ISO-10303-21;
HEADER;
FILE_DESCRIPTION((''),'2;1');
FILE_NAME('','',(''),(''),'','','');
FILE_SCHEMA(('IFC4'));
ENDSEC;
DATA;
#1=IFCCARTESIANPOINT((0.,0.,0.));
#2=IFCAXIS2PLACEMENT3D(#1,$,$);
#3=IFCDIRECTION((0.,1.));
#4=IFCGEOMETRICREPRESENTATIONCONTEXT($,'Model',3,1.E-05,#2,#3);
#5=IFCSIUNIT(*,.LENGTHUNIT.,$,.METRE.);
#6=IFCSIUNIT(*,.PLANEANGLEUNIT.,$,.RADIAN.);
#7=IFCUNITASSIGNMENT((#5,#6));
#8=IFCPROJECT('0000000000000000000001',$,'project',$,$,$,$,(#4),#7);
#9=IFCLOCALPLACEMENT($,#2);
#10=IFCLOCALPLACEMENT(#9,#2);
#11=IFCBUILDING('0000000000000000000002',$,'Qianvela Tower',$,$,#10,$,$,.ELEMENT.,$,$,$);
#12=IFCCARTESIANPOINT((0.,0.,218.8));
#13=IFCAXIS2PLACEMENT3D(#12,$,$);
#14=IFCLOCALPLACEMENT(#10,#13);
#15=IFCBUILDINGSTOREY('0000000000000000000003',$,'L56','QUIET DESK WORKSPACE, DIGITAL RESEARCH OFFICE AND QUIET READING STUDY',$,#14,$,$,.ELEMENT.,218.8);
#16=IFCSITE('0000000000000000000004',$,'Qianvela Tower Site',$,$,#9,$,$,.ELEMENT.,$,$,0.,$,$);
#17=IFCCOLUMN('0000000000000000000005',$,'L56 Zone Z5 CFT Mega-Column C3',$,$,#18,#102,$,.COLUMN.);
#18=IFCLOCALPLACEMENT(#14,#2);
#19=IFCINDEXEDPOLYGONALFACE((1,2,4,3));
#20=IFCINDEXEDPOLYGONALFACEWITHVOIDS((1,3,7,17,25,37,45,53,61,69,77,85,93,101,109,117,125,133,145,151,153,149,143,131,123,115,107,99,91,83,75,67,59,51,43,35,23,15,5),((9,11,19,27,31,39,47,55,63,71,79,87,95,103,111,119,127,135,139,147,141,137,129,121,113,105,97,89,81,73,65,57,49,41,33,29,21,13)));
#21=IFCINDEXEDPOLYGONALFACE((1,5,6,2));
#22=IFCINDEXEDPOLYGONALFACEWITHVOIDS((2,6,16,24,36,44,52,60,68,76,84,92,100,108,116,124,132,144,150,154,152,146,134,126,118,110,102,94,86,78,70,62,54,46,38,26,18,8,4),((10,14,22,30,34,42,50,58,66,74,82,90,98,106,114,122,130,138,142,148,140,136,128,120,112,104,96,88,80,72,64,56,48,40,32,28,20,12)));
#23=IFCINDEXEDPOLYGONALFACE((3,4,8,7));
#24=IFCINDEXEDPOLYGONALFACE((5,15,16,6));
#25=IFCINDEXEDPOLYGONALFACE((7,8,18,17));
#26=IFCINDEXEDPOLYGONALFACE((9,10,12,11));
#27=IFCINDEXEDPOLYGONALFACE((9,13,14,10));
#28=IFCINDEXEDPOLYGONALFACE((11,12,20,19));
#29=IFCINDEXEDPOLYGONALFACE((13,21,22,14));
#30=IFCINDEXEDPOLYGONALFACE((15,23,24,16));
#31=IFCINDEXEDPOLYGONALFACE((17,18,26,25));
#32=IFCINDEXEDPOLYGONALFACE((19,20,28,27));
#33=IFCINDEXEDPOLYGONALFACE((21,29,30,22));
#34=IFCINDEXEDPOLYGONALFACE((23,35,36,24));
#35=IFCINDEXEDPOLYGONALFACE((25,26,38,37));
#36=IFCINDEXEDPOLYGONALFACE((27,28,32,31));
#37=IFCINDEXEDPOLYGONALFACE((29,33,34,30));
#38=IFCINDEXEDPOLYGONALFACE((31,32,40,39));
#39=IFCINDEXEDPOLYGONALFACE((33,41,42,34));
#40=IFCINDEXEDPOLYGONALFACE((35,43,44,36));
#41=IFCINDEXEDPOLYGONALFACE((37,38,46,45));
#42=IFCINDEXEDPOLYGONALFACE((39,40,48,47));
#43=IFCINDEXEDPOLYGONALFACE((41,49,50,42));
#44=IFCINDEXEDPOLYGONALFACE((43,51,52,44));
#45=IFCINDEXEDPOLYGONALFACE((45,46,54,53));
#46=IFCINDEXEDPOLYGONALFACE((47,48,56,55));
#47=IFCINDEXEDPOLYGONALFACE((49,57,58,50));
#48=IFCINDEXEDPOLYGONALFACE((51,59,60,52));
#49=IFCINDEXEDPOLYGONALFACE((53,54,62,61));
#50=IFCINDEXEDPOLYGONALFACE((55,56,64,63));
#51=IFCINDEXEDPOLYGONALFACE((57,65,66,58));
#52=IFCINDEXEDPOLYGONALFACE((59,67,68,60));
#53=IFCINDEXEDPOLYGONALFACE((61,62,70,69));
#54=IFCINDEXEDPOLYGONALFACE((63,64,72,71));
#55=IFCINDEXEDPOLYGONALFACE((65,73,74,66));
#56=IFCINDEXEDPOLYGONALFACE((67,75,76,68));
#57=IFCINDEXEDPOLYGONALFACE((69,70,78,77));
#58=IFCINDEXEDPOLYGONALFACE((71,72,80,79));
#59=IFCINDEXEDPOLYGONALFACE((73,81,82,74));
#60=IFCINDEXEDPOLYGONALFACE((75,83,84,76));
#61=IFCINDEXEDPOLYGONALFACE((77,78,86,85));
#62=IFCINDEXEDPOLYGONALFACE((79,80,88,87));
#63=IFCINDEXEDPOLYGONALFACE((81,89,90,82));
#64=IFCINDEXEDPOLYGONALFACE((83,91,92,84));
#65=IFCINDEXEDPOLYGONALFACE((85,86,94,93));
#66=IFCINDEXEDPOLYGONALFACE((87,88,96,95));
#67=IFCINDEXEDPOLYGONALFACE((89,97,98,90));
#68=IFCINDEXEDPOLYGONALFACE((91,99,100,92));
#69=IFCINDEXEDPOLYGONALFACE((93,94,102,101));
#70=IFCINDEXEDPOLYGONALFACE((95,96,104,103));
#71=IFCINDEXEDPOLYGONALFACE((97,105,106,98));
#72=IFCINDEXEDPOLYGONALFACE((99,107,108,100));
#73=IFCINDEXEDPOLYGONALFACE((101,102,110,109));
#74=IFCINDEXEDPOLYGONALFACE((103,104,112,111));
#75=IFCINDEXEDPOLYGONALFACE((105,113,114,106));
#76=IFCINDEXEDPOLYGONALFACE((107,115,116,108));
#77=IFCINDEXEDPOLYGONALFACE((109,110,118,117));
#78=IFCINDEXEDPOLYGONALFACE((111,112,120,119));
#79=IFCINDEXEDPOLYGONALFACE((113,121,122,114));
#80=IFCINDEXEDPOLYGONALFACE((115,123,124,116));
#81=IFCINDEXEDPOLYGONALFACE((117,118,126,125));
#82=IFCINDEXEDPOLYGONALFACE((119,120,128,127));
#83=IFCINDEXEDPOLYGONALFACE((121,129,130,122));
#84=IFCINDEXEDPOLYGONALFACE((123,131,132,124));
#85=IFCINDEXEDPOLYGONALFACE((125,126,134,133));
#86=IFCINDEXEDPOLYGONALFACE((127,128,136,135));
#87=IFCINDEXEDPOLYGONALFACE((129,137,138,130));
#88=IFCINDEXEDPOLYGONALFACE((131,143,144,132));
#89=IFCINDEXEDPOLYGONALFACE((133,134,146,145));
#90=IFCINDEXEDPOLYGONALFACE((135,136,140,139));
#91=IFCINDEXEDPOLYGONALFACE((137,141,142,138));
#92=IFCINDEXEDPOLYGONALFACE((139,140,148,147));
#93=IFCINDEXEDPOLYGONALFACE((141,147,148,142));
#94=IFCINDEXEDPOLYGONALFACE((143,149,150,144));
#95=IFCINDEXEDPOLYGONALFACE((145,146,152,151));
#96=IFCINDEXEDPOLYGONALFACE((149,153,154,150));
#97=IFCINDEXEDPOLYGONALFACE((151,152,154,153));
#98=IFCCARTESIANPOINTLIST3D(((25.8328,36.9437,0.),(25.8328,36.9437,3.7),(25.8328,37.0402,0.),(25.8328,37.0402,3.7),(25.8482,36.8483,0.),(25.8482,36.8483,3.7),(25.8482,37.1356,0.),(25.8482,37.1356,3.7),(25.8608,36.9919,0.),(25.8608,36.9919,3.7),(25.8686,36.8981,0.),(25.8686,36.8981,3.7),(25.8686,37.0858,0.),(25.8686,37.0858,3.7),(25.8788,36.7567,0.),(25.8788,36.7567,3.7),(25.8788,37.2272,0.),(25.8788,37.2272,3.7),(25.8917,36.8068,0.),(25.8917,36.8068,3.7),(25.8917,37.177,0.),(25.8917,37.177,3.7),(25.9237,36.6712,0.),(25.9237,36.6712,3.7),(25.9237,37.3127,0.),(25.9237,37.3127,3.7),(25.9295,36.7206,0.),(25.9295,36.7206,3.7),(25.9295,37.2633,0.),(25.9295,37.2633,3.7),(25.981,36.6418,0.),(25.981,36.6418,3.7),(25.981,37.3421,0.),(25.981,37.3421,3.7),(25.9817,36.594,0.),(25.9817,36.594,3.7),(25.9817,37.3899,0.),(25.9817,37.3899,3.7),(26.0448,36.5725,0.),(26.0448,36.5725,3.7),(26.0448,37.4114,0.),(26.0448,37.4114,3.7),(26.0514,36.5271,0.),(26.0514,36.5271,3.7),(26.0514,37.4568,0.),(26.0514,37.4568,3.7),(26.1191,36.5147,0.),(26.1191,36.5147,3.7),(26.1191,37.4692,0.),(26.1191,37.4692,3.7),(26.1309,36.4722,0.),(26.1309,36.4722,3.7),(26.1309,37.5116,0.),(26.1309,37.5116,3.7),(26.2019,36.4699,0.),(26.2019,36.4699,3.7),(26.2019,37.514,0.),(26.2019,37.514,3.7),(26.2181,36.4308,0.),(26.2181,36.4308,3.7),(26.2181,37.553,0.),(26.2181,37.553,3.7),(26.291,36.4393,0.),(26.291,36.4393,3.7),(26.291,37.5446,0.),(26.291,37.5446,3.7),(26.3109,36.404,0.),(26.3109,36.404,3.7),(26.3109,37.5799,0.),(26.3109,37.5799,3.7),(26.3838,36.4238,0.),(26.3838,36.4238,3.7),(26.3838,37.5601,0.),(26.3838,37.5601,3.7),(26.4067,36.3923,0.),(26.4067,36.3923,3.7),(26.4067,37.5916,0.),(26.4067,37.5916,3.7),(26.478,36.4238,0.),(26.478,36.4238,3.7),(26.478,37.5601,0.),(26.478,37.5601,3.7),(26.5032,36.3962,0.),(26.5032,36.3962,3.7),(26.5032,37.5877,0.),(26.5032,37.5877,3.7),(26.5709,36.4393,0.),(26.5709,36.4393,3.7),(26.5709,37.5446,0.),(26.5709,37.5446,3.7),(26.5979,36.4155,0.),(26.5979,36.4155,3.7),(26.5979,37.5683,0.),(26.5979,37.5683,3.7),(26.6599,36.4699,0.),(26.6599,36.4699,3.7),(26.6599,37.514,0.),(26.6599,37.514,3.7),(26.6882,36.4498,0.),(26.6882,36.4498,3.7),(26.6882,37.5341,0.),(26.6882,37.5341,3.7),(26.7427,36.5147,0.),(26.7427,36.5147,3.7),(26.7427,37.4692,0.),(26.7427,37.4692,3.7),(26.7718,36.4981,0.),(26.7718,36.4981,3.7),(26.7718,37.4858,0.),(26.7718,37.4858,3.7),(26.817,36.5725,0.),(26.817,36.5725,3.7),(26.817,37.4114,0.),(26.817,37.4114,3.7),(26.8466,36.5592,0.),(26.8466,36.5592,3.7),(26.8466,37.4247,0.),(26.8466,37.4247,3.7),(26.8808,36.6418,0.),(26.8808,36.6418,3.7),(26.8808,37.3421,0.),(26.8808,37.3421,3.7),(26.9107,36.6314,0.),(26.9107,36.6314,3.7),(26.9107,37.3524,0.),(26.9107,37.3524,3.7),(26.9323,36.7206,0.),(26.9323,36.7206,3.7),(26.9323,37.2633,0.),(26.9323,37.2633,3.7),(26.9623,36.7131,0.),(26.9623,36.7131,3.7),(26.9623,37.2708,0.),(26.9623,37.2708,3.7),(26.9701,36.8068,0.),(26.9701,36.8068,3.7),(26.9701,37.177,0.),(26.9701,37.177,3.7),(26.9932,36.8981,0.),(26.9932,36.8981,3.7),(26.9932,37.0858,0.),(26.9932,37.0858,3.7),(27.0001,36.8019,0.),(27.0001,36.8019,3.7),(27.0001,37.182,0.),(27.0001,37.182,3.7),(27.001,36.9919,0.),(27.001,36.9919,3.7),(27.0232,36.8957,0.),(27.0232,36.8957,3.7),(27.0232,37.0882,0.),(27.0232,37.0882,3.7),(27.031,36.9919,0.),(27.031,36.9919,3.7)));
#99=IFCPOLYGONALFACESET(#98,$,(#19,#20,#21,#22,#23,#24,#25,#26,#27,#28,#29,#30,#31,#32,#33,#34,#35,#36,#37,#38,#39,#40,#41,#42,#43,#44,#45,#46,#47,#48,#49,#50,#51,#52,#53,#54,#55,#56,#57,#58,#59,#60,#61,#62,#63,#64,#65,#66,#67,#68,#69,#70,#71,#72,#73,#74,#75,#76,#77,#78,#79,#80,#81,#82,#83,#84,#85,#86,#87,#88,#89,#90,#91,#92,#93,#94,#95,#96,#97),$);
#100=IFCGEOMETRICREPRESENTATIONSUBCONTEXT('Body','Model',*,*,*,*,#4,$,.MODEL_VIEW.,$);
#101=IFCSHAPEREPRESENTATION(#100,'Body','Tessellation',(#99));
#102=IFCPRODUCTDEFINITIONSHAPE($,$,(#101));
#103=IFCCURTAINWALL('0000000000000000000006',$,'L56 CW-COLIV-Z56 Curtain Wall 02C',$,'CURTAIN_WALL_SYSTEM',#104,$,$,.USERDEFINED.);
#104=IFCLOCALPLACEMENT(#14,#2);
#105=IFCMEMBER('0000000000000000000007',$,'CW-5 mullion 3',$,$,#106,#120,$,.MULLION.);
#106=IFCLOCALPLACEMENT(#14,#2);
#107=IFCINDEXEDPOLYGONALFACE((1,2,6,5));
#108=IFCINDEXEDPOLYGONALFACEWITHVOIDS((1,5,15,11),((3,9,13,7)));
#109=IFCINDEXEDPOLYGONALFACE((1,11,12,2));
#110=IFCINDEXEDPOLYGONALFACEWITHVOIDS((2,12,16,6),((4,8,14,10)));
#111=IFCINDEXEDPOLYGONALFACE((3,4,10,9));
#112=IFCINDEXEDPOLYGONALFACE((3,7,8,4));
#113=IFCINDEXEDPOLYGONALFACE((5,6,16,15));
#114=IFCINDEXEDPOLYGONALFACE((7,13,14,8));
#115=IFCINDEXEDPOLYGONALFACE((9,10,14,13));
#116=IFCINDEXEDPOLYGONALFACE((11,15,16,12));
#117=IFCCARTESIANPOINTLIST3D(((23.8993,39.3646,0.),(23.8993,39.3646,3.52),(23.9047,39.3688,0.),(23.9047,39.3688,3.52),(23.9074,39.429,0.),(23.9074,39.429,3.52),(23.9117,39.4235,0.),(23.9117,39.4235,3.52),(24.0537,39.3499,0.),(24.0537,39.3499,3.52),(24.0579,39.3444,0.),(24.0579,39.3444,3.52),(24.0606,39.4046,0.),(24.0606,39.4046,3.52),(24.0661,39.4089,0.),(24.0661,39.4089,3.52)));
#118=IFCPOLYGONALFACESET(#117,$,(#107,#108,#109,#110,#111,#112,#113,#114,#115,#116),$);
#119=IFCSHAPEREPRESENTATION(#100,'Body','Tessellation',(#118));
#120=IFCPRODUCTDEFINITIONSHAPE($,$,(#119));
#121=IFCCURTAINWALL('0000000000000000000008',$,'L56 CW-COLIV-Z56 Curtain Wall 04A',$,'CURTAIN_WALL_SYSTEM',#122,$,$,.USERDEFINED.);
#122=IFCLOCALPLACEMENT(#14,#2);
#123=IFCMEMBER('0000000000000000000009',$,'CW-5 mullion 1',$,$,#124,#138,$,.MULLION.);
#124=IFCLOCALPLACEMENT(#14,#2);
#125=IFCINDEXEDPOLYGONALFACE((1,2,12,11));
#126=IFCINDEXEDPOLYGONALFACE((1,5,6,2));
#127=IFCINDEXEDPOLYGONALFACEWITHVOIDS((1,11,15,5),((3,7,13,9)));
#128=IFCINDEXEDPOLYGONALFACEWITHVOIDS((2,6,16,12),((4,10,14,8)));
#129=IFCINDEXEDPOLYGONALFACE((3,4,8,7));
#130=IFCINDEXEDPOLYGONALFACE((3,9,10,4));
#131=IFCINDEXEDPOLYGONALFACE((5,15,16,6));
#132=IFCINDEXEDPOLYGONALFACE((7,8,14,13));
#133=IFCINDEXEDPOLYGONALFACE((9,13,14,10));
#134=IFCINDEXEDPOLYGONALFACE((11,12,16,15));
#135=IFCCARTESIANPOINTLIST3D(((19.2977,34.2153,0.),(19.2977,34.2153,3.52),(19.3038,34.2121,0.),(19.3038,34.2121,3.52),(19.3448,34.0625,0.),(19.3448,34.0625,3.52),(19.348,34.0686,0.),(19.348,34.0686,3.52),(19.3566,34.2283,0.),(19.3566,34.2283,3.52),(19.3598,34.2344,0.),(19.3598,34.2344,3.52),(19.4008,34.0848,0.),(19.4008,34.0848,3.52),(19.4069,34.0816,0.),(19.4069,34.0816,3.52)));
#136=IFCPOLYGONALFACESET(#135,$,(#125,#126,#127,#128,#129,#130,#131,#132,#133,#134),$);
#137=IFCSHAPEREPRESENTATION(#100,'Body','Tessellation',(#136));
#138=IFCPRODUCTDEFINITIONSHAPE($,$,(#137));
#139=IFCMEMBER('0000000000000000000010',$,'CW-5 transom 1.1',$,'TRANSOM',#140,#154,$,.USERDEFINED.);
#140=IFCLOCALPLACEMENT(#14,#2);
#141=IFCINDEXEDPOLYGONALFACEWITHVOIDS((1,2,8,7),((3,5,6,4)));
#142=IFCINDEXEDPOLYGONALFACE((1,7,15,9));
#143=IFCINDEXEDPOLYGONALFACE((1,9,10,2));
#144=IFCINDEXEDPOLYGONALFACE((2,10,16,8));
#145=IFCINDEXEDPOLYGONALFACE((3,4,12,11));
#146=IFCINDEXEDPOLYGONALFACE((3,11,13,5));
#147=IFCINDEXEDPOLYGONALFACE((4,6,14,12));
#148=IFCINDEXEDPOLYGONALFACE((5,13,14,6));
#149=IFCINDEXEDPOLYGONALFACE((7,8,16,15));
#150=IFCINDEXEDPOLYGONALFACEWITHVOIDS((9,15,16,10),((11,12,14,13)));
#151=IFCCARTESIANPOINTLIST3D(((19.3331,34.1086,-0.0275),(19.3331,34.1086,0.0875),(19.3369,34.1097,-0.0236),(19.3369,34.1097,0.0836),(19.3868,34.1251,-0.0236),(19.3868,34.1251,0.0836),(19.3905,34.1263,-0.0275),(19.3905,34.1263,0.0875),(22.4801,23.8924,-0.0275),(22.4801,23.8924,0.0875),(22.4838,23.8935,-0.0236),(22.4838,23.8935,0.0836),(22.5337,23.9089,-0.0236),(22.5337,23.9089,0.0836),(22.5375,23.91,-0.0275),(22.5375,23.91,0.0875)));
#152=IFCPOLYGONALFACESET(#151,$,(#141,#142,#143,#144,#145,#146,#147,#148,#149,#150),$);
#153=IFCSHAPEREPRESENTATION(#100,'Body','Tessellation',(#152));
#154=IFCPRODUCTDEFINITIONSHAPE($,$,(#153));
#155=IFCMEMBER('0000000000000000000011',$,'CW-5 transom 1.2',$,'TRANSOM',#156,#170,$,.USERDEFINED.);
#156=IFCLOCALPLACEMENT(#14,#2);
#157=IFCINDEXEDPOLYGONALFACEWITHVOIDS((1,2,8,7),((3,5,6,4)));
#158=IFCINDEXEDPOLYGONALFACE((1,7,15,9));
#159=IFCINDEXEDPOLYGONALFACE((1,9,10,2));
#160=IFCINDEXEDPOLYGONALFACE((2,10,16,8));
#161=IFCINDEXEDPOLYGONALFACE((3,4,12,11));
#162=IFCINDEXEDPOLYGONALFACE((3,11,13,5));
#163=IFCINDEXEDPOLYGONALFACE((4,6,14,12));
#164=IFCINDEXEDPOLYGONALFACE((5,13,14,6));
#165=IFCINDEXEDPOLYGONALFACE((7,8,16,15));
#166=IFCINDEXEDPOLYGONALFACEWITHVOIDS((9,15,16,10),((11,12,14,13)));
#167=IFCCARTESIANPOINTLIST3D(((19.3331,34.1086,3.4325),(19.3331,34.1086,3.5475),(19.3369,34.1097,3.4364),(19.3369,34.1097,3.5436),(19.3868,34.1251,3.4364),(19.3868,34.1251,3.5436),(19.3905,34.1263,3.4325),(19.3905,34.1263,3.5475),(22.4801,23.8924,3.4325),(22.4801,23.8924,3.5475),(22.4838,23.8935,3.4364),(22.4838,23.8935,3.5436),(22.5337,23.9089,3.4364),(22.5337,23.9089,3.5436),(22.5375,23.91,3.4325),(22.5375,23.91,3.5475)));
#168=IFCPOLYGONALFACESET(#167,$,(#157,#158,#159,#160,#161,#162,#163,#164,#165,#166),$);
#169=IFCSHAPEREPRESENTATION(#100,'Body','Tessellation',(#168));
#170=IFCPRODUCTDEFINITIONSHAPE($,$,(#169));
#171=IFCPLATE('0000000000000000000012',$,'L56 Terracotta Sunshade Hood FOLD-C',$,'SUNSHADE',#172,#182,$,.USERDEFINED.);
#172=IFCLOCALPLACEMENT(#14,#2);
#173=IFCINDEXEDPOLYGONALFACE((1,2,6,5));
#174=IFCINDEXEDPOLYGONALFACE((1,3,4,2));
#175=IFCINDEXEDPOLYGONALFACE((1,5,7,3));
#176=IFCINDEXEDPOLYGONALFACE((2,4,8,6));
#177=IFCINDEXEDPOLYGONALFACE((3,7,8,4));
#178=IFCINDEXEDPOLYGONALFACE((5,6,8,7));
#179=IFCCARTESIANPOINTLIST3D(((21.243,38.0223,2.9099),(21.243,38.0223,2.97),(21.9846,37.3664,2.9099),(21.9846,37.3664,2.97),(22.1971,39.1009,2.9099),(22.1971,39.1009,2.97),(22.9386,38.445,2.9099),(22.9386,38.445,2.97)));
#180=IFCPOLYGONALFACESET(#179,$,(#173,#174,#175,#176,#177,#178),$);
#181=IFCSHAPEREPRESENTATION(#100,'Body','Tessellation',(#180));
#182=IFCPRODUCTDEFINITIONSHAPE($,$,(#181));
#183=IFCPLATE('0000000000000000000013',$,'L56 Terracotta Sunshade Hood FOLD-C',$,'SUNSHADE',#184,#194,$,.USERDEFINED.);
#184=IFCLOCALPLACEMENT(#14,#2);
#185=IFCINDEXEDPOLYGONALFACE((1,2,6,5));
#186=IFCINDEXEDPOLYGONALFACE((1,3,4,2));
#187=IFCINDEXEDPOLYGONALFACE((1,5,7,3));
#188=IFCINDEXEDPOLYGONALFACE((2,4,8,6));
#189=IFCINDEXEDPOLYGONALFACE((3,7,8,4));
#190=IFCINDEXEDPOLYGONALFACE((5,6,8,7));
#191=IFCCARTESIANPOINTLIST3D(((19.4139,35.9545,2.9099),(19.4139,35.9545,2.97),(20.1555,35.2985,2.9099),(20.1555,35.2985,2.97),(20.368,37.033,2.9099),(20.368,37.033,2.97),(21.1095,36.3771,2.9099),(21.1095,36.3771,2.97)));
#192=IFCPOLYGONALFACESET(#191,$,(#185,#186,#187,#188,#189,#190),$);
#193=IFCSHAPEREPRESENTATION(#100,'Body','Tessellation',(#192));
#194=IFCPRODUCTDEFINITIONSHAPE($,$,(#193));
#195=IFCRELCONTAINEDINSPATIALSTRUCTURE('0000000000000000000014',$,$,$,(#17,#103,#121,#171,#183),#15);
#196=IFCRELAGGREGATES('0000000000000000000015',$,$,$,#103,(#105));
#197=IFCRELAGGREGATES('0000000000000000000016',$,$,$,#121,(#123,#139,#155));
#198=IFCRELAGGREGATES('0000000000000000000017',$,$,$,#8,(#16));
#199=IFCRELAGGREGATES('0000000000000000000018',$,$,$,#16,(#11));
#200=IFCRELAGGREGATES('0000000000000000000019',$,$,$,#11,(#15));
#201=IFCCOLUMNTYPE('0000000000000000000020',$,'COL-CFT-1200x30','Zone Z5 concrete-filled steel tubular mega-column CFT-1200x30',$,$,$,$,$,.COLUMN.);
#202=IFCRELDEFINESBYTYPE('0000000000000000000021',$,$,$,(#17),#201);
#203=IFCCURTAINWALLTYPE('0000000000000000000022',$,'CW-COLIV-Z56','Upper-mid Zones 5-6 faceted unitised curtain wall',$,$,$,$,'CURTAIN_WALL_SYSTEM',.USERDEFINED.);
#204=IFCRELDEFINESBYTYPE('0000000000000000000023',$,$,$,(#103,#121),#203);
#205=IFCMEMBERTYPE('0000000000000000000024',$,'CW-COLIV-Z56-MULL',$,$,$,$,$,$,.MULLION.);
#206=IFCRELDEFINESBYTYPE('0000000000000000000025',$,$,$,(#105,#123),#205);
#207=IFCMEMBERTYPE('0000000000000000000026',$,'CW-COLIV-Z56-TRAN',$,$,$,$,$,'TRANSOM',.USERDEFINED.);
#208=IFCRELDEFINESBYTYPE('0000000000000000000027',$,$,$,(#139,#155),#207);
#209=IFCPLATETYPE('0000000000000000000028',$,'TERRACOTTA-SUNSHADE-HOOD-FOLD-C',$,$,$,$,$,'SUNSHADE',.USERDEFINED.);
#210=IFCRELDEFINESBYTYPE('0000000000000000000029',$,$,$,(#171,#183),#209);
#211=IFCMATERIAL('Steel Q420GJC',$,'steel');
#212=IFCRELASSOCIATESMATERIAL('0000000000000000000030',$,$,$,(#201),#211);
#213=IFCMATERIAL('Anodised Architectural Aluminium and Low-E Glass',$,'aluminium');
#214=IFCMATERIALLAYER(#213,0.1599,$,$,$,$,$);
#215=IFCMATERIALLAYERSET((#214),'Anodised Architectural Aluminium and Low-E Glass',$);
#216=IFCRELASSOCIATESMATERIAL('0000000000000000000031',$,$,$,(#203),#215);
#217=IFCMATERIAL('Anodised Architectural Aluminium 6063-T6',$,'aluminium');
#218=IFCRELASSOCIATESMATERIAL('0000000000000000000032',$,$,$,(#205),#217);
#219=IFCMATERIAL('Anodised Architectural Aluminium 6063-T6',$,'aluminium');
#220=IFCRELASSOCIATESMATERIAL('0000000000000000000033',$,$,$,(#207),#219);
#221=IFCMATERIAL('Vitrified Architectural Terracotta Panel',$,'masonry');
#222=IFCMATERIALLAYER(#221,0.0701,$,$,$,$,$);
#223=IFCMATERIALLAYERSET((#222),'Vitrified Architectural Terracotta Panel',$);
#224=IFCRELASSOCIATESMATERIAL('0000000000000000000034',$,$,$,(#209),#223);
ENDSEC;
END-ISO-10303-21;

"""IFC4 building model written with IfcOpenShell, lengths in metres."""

from ifc_helpers import new_model, si_unit, direction, frame, origin, origin_2d, place, context, subcontext, project, spatial, rectangle, hollow_rectangle, hollow_circle, extrude, material, layer, layer_set, material_profile, profile_set, type_object, element, aggregate, save


model = new_model("IFC4")

# Units and contexts
model_context = context("Model", 3, precision=1e-05, world=origin(), true_north=direction((0.0, 1.0)))
body_context = subcontext(model_context, "Body", "Model", "MODEL_VIEW")
ifc_project = project(units=[si_unit("LENGTHUNIT", "METRE"), si_unit("PLANEANGLEUNIT", "RADIAN")], contexts=[model_context])

# Site, building, storey
site_placement = place(None, origin())
site = spatial("IfcSite", under=ifc_project, at=site_placement, Name="Qianvela Tower Site", CompositionType="ELEMENT", RefElevation=0.0)
building_placement = place(site_placement, origin())
building = spatial("IfcBuilding", under=site, at=building_placement, Name="Qianvela Tower", CompositionType="ELEMENT")
storey_placement = place(building_placement, frame((0.0, 0.0, 218.8)))
storey = spatial("IfcBuildingStorey", under=building, at=storey_placement, Name="L56", Description="QUIET DESK WORKSPACE, DIGITAL RESEARCH OFFICE AND QUIET READING STUDY", CompositionType="ELEMENT", Elevation=218.8)

# Column
ifc_material_1 = material(Name="Steel Q420GJC", Category="steel")
ifc_material_profile_1 = material_profile(ifc_material_1, hollow_circle(Radius=0.6001, WallThickness=0.03, at=origin_2d()), Name="CFT-1200x30")
ifc_profile_set_1 = profile_set([ifc_material_profile_1], Name="Steel Q420GJC")
column_type = type_object("IfcColumnType", Name="COL-CFT-1200x30", Description="Zone Z5 concrete-filled steel tubular mega-column CFT-1200x30", PredefinedType="COLUMN", material=ifc_profile_set_1)
column_placement = place(storey_placement, frame((26.4309, 36.9919, 0.0), z_axis=(0.0, 0.0, 1.0), x_axis=(1.0, 0.0, 0.0)))
element("IfcColumn", 1, at=column_placement, inside=storey, type_object=column_type, Name="L56 Zone Z5 CFT Mega-Column C3", PredefinedType="COLUMN", context=body_context, shape_type="SweptSolid", body=[
    extrude(hollow_circle(Radius=0.6001, WallThickness=0.03, at=origin_2d()), origin(), (0.0, 0.0, 1.0), 3.7),
])

# Curtain wall, member
ifc_material_2 = material(Name="Anodised Architectural Aluminium and Low-E Glass", Category="aluminium")
ifc_layer_1 = layer(ifc_material_2, 0.1599)
ifc_layer_set_1 = layer_set([ifc_layer_1], Name="Anodised Architectural Aluminium and Low-E Glass")
curtain_wall_type = type_object("IfcCurtainWallType", Name="CW-COLIV-Z56", Description="Upper-mid Zones 5-6 faceted unitised curtain wall", ElementType="CURTAIN_WALL_SYSTEM", PredefinedType="USERDEFINED", material=ifc_layer_set_1)
curtain_wall_1_placement = place(storey_placement, origin())
curtain_wall_1 = element("IfcCurtainWall", 2, at=curtain_wall_1_placement, inside=storey, type_object=curtain_wall_type, Name="L56 CW-COLIV-Z56 Curtain Wall 02C", ObjectType="CURTAIN_WALL_SYSTEM", PredefinedType="USERDEFINED")
ifc_material_3 = material(Name="Anodised Architectural Aluminium 6063-T6", Category="aluminium")
ifc_material_profile_2 = material_profile(ifc_material_3, hollow_rectangle(XDim=0.0649, YDim=0.1599, WallThickness=0.0049, at=origin_2d()), Name="ALU-MULL-65x160")
ifc_profile_set_2 = profile_set([ifc_material_profile_2], Name="Anodised Architectural Aluminium 6063-T6")
member_type_1 = type_object("IfcMemberType", Name="CW-COLIV-Z56-MULL", PredefinedType="MULLION", material=ifc_profile_set_2)
member_1_placement = place(storey_placement, frame((23.9827, 39.3867, 0.0), z_axis=(0.0, 0.0, 1.0), x_axis=(-0.125903, -0.992043, 0.0)))
member_1 = element("IfcMember", 3, at=member_1_placement, type_object=member_type_1, Name="CW-5 mullion 3", PredefinedType="MULLION", context=body_context, shape_type="SweptSolid", body=[
    extrude(hollow_rectangle(XDim=0.0649, YDim=0.1599, WallThickness=0.0049, at=origin_2d()), origin(), (0.0, 0.0, 1.0), 3.52),
])
aggregate(curtain_wall_1, [member_1])

# Curtain wall, members
curtain_wall_2_placement = place(storey_placement, origin())
curtain_wall_2 = element("IfcCurtainWall", 4, at=curtain_wall_2_placement, inside=storey, type_object=curtain_wall_type, Name="L56 CW-COLIV-Z56 Curtain Wall 04A", ObjectType="CURTAIN_WALL_SYSTEM", PredefinedType="USERDEFINED")
member_2_placement = place(storey_placement, frame((19.3523, 34.1484, 0.0), z_axis=(0.0, 0.0, 1.0), x_axis=(0.955689, 0.294379, 0.0)))
member_2 = element("IfcMember", 5, at=member_2_placement, type_object=member_type_1, Name="CW-5 mullion 1", PredefinedType="MULLION", context=body_context, shape_type="SweptSolid", body=[
    extrude(hollow_rectangle(XDim=0.0649, YDim=0.1599, WallThickness=0.0049, at=origin_2d()), origin(), (0.0, 0.0, 1.0), 3.52),
])
ifc_material_4 = material(Name="Anodised Architectural Aluminium 6063-T6", Category="aluminium")
ifc_material_profile_3 = material_profile(ifc_material_4, hollow_rectangle(XDim=0.0601, YDim=0.115, WallThickness=0.0039, at=origin_2d()), Name="ALU-TRAN-60x115")
ifc_profile_set_3 = profile_set([ifc_material_profile_3], Name="Anodised Architectural Aluminium 6063-T6")
member_type_2 = type_object("IfcMemberType", Name="CW-COLIV-Z56-TRAN", ElementType="TRANSOM", PredefinedType="USERDEFINED", material=ifc_profile_set_3)
member_3_placement = place(storey_placement, frame((19.3618, 34.1174, 0.03), z_axis=(0.294384, -0.955687, 0.0), x_axis=(0.955687, 0.294384, 0.0)))
member_3 = element("IfcMember", 6, at=member_3_placement, type_object=member_type_2, Name="CW-5 transom 1.1", ObjectType="TRANSOM", PredefinedType="USERDEFINED", context=body_context, shape_type="SweptSolid", body=[
    extrude(hollow_rectangle(XDim=0.0601, YDim=0.115, WallThickness=0.0039, at=origin_2d()), origin(), (0.0, 0.0, 1.0), 10.6899),
])
member_4_placement = place(storey_placement, frame((19.3618, 34.1174, 3.49), z_axis=(0.294384, -0.955687, 0.0), x_axis=(0.955687, 0.294384, 0.0)))
member_4 = element("IfcMember", 7, at=member_4_placement, type_object=member_type_2, Name="CW-5 transom 1.2", ObjectType="TRANSOM", PredefinedType="USERDEFINED", context=body_context, shape_type="SweptSolid", body=[
    extrude(hollow_rectangle(XDim=0.0601, YDim=0.115, WallThickness=0.0039, at=origin_2d()), origin(), (0.0, 0.0, 1.0), 10.6899),
])
aggregate(curtain_wall_2, [member_2, member_3, member_4])

# Plates
ifc_material_5 = material(Name="Vitrified Architectural Terracotta Panel", Category="masonry")
ifc_layer_2 = layer(ifc_material_5, 0.0701)
ifc_layer_set_2 = layer_set([ifc_layer_2], Name="Vitrified Architectural Terracotta Panel")
plate_type_1 = type_object("IfcPlateType", Name="TERRACOTTA-SUNSHADE-HOOD-FOLD-C", ElementType="SUNSHADE", PredefinedType="USERDEFINED", material=ifc_layer_set_2)
for number, where, z_axis, x_axis, name in (
    (8, (22.0908, 38.2336, 2.9099), (0.0, 0.0, 1.0), (-0.662542, -0.749025, 0.0), "L56 Terracotta Sunshade Hood FOLD-C"),
    (9, (20.2617, 36.1658, 2.9099), (0.0, 0.0, 1.0), (-0.662542, -0.749025, 0.0), "L56 Terracotta Sunshade Hood FOLD-C"),
):
    element("IfcPlate", number, at=place(storey_placement, frame(where, z_axis=z_axis, x_axis=x_axis)), inside=storey, type_object=plate_type_1, Name=name, ObjectType="SUNSHADE", PredefinedType="USERDEFINED", context=body_context, shape_type="SweptSolid", body=[
        extrude(rectangle(XDim=1.4399, YDim=0.99, at=origin_2d()), origin(), (0.0, 0.0, 1.0), 0.0601),
    ])

save(model, "model.ifc")
